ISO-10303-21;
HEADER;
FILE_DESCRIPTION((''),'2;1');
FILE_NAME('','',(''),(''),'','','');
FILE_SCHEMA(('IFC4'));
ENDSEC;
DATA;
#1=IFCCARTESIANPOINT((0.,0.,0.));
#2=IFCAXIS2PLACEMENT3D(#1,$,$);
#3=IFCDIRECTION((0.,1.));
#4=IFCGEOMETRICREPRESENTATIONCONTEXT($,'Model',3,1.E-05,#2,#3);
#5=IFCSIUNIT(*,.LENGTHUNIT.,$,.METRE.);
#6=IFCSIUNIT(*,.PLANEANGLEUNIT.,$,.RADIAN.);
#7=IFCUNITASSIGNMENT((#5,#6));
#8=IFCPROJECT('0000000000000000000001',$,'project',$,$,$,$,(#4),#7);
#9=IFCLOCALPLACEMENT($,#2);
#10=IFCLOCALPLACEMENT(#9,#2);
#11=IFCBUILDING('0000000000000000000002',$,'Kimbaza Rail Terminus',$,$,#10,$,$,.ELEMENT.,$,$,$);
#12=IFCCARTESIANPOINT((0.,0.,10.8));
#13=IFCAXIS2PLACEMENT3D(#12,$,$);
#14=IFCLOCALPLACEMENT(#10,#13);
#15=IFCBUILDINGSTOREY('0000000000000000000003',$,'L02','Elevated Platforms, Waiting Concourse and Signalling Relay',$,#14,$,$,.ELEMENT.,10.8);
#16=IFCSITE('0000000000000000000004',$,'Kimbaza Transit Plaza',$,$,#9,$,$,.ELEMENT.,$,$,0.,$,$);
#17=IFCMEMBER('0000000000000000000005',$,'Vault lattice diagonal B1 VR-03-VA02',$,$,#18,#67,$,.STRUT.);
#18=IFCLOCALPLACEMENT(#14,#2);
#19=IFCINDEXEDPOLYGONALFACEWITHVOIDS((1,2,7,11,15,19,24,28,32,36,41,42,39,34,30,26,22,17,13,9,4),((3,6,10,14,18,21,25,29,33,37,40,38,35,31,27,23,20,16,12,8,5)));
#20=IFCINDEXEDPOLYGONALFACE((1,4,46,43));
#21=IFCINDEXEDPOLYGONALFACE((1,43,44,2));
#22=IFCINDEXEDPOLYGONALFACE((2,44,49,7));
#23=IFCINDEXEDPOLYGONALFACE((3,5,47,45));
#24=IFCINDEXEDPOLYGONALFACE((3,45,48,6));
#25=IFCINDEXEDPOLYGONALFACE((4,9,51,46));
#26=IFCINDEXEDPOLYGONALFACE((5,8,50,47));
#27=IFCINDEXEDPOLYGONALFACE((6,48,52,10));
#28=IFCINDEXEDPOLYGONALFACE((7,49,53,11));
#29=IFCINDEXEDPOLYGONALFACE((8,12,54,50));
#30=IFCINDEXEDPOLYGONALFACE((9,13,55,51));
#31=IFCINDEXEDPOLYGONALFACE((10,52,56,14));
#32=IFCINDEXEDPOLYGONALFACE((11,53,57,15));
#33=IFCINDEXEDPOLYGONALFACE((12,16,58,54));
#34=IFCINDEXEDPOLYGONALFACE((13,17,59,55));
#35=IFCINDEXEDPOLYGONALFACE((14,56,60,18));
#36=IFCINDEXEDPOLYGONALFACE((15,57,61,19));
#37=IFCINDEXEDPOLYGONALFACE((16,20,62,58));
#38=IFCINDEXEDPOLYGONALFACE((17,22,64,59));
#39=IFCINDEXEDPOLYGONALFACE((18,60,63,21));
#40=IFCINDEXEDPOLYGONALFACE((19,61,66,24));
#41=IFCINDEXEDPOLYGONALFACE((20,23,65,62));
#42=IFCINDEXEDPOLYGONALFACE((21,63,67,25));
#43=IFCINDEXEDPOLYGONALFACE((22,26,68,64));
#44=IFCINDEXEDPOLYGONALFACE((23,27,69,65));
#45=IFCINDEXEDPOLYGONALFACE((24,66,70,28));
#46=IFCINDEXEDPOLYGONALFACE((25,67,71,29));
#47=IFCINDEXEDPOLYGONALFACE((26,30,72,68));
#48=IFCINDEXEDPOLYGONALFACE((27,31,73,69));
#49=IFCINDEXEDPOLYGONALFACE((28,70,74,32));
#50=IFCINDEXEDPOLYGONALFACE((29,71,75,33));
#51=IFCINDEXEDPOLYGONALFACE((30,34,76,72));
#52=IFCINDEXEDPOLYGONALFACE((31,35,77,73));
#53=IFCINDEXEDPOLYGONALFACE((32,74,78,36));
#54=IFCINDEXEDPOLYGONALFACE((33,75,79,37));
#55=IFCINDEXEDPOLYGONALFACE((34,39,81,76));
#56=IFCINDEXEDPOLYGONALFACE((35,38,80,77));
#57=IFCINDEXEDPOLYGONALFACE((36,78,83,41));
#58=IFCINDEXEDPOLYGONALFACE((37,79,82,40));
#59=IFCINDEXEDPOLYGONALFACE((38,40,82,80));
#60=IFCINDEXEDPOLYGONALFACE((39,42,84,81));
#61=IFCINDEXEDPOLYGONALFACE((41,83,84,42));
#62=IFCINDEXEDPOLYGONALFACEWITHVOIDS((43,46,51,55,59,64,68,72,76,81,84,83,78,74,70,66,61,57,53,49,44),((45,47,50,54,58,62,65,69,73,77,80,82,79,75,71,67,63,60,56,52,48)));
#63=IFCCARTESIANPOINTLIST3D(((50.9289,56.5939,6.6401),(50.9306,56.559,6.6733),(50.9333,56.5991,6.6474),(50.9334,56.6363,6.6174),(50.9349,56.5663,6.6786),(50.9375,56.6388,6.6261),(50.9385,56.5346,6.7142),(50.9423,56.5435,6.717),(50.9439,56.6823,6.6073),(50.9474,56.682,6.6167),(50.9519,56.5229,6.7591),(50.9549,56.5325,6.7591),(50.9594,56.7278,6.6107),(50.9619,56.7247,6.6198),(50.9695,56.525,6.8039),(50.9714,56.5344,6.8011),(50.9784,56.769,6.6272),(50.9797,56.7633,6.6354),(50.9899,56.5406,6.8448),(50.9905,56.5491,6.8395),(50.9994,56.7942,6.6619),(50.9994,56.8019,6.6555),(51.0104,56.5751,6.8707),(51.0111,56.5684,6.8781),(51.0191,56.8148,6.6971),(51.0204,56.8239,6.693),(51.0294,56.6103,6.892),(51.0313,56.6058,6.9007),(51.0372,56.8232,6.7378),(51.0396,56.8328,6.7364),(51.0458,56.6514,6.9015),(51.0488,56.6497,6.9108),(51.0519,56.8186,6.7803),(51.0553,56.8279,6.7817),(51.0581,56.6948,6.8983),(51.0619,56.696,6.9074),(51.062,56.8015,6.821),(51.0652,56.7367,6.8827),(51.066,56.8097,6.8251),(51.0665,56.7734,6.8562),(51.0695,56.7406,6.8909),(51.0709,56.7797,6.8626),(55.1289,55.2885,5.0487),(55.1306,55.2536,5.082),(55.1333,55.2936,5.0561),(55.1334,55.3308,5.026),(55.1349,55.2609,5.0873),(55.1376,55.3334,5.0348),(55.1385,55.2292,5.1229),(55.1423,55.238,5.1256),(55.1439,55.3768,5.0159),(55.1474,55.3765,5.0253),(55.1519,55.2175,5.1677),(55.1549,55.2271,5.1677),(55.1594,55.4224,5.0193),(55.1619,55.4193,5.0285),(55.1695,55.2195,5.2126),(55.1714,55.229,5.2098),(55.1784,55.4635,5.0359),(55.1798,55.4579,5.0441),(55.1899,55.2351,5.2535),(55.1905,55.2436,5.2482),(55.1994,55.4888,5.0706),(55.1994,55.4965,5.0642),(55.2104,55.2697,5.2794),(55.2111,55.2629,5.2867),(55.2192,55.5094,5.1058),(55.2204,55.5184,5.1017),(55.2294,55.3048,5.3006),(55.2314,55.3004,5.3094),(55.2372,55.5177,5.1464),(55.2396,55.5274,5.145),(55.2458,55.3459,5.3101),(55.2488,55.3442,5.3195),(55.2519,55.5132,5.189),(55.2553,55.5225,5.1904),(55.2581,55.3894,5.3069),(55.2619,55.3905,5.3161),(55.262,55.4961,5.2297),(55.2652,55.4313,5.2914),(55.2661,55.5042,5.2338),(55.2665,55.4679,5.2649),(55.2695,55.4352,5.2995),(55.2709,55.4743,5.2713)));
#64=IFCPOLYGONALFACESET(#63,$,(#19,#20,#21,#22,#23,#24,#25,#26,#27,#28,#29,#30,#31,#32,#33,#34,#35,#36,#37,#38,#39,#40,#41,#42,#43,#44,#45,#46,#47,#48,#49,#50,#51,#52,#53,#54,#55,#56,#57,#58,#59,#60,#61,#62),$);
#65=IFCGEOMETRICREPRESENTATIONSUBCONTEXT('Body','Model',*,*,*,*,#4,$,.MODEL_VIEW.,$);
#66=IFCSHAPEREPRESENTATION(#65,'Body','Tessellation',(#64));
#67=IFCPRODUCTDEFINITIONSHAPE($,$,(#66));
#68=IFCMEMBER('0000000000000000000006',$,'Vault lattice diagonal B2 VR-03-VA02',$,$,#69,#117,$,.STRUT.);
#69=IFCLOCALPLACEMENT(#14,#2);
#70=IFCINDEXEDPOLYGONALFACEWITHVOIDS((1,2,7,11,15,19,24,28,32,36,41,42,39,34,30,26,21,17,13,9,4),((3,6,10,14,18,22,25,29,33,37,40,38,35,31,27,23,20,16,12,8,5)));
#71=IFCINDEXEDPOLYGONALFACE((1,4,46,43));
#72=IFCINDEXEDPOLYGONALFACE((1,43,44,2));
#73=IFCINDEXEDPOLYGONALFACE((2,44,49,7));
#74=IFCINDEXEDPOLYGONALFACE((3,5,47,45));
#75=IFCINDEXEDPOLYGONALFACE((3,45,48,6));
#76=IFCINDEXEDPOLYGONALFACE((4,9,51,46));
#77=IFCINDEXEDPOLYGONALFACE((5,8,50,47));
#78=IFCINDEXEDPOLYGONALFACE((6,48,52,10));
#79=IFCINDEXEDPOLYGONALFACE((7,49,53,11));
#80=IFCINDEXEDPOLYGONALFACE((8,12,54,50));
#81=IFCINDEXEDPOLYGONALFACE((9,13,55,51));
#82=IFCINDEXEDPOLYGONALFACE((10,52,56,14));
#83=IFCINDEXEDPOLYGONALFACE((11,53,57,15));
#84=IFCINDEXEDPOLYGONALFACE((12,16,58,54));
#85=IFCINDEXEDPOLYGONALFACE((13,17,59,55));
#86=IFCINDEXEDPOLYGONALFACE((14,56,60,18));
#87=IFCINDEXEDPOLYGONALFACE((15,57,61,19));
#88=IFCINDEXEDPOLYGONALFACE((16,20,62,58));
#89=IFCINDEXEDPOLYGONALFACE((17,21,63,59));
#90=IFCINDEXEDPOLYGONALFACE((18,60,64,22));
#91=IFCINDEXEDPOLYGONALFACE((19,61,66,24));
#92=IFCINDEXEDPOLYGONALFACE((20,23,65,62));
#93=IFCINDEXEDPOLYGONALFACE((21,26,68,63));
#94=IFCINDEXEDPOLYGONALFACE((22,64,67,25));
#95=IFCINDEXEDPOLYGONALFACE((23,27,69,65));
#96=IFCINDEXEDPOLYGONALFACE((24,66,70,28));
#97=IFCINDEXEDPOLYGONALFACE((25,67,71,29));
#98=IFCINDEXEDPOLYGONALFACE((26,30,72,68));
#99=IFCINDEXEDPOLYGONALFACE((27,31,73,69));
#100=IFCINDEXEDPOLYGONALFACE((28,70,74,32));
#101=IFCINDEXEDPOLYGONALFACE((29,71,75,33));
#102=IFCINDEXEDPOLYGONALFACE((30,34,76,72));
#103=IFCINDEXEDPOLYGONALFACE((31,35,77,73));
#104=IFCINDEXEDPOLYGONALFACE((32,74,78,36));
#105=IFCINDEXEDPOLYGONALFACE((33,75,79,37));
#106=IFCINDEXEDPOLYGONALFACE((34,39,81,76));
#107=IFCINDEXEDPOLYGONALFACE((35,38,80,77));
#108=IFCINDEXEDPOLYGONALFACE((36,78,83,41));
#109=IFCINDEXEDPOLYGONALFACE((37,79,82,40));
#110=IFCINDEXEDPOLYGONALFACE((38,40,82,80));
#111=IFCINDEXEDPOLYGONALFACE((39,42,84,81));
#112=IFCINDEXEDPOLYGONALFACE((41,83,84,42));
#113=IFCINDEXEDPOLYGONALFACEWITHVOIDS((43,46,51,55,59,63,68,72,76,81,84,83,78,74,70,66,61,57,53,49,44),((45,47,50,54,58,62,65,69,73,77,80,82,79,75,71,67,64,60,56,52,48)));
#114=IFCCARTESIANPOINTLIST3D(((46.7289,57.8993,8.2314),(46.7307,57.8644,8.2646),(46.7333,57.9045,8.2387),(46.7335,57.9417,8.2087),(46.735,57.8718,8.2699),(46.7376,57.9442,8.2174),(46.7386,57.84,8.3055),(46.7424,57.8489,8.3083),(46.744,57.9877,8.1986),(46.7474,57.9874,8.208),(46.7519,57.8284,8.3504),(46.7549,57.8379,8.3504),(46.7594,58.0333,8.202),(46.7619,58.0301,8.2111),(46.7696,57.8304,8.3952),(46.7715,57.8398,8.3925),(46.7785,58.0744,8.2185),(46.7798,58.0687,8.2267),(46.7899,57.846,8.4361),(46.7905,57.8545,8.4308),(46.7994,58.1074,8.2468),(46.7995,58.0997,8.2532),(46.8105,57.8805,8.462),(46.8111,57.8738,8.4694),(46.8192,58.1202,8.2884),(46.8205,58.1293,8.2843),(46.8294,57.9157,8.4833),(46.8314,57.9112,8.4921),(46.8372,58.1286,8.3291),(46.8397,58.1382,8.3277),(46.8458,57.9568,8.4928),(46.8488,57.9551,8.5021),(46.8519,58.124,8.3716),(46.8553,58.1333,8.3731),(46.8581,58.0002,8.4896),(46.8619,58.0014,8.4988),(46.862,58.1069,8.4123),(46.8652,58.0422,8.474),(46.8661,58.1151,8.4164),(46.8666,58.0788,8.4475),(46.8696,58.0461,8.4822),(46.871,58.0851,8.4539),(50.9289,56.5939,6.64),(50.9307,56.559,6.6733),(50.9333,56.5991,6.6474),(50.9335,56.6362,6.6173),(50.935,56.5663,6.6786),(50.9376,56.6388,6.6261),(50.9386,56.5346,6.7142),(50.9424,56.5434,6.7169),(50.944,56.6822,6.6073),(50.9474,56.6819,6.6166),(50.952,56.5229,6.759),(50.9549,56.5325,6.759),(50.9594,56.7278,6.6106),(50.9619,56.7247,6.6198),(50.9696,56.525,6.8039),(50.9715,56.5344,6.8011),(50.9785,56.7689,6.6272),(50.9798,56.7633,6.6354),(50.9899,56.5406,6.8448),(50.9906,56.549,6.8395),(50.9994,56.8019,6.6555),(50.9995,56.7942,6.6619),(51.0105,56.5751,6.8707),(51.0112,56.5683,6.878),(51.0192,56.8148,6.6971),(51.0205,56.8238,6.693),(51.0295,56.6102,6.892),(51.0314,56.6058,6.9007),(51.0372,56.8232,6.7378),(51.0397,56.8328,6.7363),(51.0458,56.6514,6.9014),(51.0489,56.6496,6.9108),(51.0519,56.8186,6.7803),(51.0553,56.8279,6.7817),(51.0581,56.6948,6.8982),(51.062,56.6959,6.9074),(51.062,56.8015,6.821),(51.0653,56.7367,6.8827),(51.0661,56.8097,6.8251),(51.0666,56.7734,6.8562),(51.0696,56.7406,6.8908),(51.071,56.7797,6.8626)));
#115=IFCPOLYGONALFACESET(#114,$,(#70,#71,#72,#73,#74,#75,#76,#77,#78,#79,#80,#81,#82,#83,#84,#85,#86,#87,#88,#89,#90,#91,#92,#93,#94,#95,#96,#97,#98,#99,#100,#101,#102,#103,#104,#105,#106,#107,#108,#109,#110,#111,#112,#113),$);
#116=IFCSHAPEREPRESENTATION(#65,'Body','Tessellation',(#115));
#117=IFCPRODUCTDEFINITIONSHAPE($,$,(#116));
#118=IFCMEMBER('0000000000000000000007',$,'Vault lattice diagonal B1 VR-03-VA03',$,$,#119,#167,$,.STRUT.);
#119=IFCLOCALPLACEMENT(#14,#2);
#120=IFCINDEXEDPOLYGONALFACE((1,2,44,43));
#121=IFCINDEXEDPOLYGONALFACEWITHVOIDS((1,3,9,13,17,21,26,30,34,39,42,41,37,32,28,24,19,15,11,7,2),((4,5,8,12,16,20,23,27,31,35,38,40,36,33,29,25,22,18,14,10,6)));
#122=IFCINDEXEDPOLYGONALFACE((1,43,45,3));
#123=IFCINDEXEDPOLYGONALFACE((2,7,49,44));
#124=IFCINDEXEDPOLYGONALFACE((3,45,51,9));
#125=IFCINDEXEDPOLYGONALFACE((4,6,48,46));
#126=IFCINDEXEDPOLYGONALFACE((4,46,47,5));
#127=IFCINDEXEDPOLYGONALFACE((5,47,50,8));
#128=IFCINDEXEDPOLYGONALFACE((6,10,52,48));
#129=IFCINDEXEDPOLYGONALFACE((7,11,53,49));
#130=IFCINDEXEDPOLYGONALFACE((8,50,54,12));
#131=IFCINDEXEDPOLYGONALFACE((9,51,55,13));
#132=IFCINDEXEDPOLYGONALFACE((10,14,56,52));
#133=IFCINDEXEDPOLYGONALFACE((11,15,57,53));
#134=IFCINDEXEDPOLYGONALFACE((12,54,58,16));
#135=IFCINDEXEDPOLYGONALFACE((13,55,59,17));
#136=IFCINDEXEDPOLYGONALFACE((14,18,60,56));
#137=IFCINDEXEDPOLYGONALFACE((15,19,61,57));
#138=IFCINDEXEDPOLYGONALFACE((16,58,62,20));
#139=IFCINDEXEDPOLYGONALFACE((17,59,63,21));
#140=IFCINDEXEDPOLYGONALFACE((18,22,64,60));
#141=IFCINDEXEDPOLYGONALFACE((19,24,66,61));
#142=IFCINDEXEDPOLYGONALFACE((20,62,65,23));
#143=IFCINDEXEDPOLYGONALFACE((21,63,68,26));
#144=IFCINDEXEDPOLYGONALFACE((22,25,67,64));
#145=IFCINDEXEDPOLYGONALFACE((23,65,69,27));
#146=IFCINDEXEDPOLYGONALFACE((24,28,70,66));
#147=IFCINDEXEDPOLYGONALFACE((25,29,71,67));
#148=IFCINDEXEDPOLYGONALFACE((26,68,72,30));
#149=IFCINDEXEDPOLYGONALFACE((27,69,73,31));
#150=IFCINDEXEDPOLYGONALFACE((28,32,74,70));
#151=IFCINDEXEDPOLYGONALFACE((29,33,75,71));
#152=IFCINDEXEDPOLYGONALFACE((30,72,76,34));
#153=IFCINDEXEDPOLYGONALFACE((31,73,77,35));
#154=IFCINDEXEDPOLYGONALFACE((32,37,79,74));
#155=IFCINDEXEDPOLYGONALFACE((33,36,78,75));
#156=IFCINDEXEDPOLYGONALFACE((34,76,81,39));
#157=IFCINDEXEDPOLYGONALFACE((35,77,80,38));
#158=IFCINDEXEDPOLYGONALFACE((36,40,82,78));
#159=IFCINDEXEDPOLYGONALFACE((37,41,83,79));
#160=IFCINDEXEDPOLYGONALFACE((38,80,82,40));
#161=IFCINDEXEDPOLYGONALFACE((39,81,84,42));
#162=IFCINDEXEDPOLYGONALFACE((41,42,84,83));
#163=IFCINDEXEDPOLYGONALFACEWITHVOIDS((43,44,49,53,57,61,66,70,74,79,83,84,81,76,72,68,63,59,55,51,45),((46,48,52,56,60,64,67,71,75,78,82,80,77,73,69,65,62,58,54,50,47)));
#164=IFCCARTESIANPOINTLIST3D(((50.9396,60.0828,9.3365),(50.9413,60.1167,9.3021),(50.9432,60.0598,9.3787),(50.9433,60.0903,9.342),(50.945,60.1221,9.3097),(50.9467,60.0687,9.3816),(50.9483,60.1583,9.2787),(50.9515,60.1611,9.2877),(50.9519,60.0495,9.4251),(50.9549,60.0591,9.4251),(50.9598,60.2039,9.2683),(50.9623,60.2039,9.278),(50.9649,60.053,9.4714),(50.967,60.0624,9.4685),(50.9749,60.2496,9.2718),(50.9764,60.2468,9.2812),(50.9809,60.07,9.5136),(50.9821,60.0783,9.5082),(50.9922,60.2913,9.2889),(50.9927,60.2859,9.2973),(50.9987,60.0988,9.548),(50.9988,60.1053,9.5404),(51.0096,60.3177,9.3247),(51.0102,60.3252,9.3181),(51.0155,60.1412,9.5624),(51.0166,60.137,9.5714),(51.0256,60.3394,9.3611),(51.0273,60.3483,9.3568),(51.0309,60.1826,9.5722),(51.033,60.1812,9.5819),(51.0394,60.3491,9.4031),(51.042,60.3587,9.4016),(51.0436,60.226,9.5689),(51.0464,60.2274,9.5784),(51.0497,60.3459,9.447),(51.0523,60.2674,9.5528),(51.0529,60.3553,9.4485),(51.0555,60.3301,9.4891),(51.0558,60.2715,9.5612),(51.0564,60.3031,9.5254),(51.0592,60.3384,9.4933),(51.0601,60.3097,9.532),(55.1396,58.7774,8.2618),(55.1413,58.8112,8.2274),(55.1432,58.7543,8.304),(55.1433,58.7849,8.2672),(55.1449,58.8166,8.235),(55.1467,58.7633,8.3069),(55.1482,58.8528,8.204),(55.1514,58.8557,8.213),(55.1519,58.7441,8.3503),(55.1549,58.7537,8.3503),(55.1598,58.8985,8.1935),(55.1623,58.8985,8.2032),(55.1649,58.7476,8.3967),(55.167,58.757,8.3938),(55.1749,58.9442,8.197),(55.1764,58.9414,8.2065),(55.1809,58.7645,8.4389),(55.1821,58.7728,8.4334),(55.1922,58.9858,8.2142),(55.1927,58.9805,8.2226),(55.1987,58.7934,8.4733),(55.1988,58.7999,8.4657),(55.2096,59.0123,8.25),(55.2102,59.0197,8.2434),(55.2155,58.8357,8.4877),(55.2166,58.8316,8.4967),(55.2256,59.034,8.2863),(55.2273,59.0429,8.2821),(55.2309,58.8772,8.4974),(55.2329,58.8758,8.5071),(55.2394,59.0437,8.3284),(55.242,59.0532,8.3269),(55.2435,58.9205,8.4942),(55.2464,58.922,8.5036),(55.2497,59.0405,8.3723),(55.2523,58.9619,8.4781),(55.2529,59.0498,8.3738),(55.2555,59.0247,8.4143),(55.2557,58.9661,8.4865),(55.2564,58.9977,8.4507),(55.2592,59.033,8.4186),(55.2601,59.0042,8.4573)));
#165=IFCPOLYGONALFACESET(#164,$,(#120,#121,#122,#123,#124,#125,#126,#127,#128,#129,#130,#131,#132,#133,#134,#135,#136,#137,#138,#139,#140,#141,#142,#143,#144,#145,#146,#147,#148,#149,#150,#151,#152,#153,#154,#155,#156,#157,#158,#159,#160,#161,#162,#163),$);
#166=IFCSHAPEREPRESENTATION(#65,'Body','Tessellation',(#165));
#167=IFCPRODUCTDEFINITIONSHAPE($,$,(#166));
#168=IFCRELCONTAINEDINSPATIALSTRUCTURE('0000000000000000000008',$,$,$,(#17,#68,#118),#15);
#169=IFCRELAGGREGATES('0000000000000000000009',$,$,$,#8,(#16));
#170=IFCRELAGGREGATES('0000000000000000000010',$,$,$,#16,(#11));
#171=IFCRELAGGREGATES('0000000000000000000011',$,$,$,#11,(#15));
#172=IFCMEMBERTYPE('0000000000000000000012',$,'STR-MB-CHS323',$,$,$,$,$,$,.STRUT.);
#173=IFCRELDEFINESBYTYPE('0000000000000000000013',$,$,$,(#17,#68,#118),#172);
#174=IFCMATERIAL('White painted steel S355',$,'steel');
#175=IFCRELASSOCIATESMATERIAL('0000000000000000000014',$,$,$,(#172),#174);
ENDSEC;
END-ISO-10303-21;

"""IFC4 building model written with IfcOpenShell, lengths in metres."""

from ifc_helpers import new_model, si_unit, direction, frame, origin, origin_2d, place, context, subcontext, project, spatial, hollow_circle, extrude, material, material_profile, profile_set, type_object, element, save


model = new_model("IFC4")

# Units and contexts
model_context = context("Model", 3, precision=1e-05, world=origin(), true_north=direction((0.0, 1.0)))
body_context = subcontext(model_context, "Body", "Model", "MODEL_VIEW")
ifc_project = project(units=[si_unit("LENGTHUNIT", "METRE"), si_unit("PLANEANGLEUNIT", "RADIAN")], contexts=[model_context])

# Site, building, storey
site_placement = place(None, origin())
site = spatial("IfcSite", under=ifc_project, at=site_placement, Name="Kimbaza Transit Plaza", CompositionType="ELEMENT", RefElevation=0.0)
building_placement = place(site_placement, origin())
building = spatial("IfcBuilding", under=site, at=building_placement, Name="Kimbaza Rail Terminus", CompositionType="ELEMENT")
storey_placement = place(building_placement, frame((0.0, 0.0, 10.8)))
storey = spatial("IfcBuildingStorey", under=building, at=storey_placement, Name="L02", Description="Elevated Platforms, Waiting Concourse and Signalling Relay", CompositionType="ELEMENT", Elevation=10.8)

# Members
ifc_material_1 = material(Name="White painted steel S355", Category="steel")
ifc_material_profile_1 = material_profile(ifc_material_1, hollow_circle(Radius=0.1619, WallThickness=0.01, at=origin_2d()), Name="CHS 323.9x10")
ifc_profile_set_1 = profile_set([ifc_material_profile_1], Name="White painted steel S355")
member_type_1 = type_object("IfcMemberType", Name="STR-MB-CHS323", PredefinedType="STRUT", material=ifc_profile_set_1)
for number, where, z_axis, x_axis, name in (
    (1, (55.2, 55.3721, 5.1677), (-0.897967, 0.279104, 0.340229), (-0.296811, -0.954936, 0.0), "Vault lattice diagonal B1 VR-03-VA02"),
    (2, (51.0, 56.6775, 6.759), (-0.897967, 0.279104, 0.340229), (-0.296811, -0.954936, 0.0), "Vault lattice diagonal B2 VR-03-VA02"),
):
    element("IfcMember", number, at=place(storey_placement, frame(where, z_axis=z_axis, x_axis=x_axis)), inside=storey, type_object=member_type_1, Name=name, PredefinedType="STRUT", context=body_context, shape_type="SweptSolid", body=[
        extrude(hollow_circle(Radius=0.1619, WallThickness=0.01, at=origin_2d()), origin(), (0.0, 0.0, 1.0), 4.6772),
    ])
for number, where, z_axis, x_axis, name in (
    (3, (55.2, 58.8987, 8.3503), (-0.927643, 0.288328, 0.237371), (-0.296811, -0.954936, 0.0), "Vault lattice diagonal B1 VR-03-VA03"),
):
    element("IfcMember", number, at=place(storey_placement, frame(where, z_axis=z_axis, x_axis=x_axis)), inside=storey, type_object=member_type_1, Name=name, PredefinedType="STRUT", context=body_context, shape_type="SweptSolid", body=[
        extrude(hollow_circle(Radius=0.1619, WallThickness=0.01, at=origin_2d()), origin(), (0.0, 0.0, 1.0), 4.5276),
    ])

save(model, "model.ifc")
